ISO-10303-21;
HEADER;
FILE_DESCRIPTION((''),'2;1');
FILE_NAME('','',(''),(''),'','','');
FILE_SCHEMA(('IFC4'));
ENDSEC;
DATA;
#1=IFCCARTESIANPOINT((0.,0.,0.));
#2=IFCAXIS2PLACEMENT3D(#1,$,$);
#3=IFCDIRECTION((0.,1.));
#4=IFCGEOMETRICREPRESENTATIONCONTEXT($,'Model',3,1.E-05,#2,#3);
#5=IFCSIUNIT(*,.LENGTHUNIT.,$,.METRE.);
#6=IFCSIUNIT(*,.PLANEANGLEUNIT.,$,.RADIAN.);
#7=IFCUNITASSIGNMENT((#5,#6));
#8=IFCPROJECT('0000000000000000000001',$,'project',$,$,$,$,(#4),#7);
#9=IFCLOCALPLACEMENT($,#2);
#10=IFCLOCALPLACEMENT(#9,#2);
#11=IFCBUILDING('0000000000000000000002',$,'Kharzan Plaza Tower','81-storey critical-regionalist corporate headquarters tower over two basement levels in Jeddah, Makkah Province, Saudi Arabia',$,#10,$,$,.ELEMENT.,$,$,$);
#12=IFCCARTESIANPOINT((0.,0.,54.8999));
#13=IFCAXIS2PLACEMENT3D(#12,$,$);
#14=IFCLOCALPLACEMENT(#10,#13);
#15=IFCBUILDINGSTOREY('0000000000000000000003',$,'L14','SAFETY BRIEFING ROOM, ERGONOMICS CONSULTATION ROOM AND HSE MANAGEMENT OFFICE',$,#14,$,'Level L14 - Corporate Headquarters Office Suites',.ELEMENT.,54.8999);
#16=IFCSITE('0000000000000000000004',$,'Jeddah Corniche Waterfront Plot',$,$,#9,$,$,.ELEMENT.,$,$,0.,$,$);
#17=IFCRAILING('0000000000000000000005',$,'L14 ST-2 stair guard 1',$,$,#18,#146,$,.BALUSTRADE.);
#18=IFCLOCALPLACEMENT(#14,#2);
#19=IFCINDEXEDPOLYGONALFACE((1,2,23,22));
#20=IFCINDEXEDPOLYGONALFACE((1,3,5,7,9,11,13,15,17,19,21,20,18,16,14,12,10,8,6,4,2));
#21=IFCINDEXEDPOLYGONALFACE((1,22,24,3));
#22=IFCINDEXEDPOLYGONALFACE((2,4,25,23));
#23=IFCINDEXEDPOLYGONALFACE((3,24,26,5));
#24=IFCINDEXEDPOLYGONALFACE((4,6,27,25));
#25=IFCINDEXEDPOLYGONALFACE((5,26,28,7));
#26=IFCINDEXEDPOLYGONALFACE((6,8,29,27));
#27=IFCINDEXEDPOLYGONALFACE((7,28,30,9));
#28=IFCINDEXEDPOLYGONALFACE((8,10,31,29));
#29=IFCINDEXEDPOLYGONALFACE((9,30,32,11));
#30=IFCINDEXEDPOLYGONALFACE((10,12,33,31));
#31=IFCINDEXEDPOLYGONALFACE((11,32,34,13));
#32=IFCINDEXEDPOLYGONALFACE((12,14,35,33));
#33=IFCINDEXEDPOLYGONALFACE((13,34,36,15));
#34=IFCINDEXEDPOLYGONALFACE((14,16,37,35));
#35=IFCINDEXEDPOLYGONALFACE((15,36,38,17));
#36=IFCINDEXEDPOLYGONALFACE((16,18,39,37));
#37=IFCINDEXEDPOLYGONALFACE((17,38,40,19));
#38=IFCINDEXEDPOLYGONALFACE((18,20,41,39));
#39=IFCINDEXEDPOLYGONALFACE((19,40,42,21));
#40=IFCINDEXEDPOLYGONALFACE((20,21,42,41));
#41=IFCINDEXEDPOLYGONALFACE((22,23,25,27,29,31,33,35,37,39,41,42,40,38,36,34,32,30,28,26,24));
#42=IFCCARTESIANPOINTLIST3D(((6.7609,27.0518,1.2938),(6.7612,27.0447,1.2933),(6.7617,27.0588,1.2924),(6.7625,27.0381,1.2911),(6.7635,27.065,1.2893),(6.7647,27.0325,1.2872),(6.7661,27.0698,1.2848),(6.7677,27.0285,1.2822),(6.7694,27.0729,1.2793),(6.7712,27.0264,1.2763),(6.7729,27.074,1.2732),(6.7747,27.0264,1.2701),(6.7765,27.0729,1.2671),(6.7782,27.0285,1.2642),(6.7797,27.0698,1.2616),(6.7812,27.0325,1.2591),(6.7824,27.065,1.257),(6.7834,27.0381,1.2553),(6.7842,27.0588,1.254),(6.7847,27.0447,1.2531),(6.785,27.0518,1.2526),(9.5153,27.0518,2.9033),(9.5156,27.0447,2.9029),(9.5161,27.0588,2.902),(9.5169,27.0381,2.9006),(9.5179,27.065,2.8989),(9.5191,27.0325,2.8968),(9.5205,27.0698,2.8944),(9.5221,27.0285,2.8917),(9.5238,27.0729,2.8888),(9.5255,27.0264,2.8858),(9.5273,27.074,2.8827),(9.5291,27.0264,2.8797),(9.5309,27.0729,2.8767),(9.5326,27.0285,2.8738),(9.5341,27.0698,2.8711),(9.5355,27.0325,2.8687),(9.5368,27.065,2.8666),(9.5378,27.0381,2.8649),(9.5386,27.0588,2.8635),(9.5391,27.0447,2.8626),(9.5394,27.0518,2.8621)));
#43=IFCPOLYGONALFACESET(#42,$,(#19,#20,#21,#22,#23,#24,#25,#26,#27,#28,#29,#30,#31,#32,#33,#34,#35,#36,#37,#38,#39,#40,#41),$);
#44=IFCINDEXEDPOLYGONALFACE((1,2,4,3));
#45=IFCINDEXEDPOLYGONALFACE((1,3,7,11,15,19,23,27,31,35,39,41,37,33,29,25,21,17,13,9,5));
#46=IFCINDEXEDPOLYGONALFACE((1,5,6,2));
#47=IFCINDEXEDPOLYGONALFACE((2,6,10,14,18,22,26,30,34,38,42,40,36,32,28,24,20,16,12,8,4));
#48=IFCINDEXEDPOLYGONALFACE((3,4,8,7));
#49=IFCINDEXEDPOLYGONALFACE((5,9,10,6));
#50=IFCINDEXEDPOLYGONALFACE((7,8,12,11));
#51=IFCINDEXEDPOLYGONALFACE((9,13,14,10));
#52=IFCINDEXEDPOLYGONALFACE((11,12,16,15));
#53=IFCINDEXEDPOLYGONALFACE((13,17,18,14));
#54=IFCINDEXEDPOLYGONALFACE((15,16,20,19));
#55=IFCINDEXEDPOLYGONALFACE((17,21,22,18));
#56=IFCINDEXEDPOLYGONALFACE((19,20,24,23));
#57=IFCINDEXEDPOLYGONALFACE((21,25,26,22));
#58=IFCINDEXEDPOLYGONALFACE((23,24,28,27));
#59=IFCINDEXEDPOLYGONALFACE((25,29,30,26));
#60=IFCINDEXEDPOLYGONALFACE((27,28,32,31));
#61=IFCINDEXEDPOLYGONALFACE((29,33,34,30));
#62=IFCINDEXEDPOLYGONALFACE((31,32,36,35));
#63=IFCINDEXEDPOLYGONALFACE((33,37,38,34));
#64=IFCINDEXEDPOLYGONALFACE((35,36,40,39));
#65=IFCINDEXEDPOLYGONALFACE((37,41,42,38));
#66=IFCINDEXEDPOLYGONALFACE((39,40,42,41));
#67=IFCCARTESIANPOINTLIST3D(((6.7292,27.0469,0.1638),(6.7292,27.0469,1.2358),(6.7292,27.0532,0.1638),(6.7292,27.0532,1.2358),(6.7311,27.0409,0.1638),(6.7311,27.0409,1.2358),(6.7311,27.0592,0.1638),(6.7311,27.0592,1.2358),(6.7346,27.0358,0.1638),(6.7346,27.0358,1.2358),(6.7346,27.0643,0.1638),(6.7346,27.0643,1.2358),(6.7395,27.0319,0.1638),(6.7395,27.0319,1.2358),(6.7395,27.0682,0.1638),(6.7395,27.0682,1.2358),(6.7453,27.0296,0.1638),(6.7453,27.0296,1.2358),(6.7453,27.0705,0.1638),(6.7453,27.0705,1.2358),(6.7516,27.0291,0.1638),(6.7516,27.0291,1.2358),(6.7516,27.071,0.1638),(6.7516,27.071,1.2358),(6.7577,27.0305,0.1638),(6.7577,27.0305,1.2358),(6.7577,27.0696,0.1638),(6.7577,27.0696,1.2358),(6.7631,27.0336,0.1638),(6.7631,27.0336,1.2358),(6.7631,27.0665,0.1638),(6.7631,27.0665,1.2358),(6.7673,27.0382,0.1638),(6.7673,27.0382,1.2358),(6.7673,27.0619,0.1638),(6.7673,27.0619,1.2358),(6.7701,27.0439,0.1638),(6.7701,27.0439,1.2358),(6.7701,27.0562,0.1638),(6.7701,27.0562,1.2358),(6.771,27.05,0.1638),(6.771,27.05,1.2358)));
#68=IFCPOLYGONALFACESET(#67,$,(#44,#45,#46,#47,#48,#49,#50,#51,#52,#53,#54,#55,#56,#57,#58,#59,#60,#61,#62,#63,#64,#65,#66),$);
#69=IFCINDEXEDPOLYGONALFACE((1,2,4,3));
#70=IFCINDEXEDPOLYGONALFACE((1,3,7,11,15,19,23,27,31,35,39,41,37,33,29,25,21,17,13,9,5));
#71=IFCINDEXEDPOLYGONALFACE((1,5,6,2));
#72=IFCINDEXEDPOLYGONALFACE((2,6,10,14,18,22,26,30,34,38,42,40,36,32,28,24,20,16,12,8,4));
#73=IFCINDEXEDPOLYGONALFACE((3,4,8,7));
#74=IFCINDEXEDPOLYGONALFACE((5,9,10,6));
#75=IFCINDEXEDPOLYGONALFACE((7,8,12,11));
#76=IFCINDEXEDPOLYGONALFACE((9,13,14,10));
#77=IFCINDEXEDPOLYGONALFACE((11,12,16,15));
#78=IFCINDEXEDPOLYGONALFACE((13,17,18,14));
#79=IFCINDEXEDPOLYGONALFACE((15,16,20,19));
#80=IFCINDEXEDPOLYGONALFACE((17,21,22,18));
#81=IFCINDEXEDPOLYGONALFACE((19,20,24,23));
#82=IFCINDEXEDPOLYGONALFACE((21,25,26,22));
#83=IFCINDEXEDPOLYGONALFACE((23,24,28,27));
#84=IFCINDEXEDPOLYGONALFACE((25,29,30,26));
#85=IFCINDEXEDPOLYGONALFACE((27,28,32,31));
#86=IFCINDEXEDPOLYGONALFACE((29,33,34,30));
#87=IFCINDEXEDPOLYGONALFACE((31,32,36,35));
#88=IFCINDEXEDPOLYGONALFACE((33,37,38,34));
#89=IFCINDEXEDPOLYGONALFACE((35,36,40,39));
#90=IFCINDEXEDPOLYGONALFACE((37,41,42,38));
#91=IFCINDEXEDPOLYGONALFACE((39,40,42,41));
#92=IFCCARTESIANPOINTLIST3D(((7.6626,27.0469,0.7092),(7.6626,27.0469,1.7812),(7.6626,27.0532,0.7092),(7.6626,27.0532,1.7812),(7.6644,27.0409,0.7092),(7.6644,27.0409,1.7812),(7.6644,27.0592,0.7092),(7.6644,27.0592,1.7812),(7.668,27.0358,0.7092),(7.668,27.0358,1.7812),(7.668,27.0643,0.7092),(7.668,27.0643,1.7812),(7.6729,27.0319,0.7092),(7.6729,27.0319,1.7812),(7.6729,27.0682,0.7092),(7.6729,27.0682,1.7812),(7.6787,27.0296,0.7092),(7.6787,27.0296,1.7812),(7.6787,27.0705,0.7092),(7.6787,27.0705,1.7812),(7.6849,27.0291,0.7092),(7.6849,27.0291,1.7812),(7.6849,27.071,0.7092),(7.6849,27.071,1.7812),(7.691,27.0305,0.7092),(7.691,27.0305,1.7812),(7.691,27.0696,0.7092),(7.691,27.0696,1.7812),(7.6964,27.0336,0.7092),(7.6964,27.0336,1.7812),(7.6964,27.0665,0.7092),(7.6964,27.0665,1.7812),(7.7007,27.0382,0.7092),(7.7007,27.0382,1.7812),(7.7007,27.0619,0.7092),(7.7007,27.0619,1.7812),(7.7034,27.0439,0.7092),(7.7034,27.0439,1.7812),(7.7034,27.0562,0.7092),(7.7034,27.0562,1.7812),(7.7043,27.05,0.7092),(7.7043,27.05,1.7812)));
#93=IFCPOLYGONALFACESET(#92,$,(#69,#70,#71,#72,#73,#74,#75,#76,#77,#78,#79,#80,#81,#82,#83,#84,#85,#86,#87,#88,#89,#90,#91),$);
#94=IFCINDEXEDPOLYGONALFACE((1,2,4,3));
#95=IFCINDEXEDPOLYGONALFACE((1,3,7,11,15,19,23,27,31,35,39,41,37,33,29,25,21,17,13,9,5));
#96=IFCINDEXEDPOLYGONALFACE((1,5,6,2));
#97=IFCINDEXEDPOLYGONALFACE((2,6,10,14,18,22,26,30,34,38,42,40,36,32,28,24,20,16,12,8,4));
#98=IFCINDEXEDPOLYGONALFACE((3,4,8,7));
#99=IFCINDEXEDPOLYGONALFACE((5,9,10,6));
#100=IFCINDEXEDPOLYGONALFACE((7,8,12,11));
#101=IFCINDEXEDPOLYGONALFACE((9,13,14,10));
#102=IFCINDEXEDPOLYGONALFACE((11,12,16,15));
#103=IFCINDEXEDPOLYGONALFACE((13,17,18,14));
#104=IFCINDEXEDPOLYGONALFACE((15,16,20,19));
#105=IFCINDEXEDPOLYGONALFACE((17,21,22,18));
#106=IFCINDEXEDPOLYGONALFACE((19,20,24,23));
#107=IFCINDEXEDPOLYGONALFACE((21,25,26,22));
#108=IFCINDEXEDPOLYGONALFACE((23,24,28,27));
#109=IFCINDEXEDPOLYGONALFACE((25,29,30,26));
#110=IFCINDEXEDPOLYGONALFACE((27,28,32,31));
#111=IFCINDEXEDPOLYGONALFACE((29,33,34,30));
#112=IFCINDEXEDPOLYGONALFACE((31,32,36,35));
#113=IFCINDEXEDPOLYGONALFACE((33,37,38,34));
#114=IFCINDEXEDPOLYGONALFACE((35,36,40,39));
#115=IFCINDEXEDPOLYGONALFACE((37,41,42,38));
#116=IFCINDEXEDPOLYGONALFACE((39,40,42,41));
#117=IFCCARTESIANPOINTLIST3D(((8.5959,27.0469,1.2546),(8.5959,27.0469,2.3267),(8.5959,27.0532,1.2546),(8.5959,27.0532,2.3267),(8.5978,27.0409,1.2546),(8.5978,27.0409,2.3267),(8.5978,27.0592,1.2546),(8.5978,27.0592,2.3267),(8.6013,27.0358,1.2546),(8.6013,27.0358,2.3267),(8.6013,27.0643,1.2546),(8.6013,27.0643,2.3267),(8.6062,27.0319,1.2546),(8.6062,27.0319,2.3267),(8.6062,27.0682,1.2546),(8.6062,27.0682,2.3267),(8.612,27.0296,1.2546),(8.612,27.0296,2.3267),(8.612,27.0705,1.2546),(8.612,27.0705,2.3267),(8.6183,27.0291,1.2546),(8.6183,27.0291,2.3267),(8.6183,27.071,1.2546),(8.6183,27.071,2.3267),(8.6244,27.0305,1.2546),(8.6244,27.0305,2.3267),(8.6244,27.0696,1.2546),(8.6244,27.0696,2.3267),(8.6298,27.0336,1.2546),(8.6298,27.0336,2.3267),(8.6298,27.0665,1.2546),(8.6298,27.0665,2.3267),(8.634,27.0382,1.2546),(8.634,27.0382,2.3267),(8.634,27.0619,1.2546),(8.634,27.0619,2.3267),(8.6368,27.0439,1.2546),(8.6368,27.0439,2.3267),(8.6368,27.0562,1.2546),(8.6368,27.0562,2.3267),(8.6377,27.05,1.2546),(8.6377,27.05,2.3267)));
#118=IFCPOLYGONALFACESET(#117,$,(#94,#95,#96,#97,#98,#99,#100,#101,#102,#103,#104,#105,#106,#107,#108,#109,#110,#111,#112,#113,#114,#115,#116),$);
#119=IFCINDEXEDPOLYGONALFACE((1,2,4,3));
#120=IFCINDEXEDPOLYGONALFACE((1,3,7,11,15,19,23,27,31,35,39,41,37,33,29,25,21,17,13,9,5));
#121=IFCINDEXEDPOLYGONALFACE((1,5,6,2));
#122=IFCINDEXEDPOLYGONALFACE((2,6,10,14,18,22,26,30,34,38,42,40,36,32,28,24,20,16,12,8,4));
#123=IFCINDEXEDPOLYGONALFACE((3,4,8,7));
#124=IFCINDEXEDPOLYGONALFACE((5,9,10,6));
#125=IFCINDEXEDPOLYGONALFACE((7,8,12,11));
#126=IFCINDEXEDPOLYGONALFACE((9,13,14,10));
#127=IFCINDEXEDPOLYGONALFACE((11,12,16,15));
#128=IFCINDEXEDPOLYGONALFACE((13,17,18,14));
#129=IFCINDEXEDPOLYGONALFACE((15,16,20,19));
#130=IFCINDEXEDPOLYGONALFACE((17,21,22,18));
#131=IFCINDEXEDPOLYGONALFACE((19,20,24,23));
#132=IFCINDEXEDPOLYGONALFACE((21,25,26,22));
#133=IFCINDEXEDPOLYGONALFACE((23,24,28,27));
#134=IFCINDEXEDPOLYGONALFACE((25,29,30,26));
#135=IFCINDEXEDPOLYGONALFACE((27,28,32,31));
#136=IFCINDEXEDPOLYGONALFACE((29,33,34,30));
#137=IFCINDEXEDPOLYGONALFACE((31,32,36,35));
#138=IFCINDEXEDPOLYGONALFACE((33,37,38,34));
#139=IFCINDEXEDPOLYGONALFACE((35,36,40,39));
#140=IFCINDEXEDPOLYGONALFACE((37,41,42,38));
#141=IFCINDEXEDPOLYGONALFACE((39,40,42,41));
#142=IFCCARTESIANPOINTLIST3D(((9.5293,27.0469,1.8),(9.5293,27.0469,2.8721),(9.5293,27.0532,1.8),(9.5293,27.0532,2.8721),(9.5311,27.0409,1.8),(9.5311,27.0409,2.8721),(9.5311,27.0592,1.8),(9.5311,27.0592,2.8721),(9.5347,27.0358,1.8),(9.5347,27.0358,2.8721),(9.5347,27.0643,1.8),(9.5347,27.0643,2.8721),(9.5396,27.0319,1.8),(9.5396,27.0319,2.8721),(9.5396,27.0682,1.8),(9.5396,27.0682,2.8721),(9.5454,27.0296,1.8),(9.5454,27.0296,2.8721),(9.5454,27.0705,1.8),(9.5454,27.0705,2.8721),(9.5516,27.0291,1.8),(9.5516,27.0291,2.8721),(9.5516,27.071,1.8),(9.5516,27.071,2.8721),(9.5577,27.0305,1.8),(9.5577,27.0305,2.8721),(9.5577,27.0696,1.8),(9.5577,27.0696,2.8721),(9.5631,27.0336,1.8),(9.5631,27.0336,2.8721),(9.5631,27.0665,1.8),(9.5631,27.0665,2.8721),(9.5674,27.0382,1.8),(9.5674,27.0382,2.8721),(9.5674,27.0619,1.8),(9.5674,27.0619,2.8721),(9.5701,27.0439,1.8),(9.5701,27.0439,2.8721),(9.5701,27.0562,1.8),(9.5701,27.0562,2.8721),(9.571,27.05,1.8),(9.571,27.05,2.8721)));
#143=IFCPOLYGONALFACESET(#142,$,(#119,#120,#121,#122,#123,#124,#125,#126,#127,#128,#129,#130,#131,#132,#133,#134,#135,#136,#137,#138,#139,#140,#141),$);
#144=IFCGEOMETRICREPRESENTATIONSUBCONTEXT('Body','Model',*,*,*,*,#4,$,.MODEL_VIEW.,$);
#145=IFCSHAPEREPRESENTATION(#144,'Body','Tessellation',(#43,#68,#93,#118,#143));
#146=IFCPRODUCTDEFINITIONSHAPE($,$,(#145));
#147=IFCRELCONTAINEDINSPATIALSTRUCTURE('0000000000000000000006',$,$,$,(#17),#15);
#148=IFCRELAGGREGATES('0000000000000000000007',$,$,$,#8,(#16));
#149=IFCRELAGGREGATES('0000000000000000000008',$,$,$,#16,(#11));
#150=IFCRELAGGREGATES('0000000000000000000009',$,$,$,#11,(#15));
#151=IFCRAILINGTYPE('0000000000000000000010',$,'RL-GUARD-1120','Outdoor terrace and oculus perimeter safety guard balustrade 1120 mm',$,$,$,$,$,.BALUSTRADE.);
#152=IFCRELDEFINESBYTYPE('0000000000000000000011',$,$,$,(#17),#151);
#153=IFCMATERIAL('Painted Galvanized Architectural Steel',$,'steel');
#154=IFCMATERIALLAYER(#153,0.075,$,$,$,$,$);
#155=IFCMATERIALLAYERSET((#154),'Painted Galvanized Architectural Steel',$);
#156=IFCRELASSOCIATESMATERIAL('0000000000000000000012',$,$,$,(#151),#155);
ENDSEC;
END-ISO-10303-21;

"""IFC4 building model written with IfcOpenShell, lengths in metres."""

from ifc_helpers import new_model, si_unit, direction, frame, origin, origin_2d, place, context, subcontext, project, spatial, circle, extrude, source, transform, mapped, material, layer, layer_set, type_object, element, save


model = new_model("IFC4")

# Units and contexts
model_context = context("Model", 3, precision=1e-05, world=origin(), true_north=direction((0.0, 1.0)))
body_context = subcontext(model_context, "Body", "Model", "MODEL_VIEW")
ifc_project = project(units=[si_unit("LENGTHUNIT", "METRE"), si_unit("PLANEANGLEUNIT", "RADIAN")], contexts=[model_context])

# Site, building, storey
site_placement = place(None, origin())
site = spatial("IfcSite", under=ifc_project, at=site_placement, Name="Jeddah Corniche Waterfront Plot", CompositionType="ELEMENT", RefElevation=0.0)
building_placement = place(site_placement, origin())
building = spatial("IfcBuilding", under=site, at=building_placement, Name="Kharzan Plaza Tower", Description="81-storey critical-regionalist corporate headquarters tower over two basement levels in Jeddah, Makkah Province, Saudi Arabia", CompositionType="ELEMENT")
storey_placement = place(building_placement, frame((0.0, 0.0, 54.8999)))
storey = spatial("IfcBuildingStorey", under=building, at=storey_placement, Name="L14", Description="SAFETY BRIEFING ROOM, ERGONOMICS CONSULTATION ROOM AND HSE MANAGEMENT OFFICE", LongName="Level L14 - Corporate Headquarters Office Suites", CompositionType="ELEMENT", Elevation=54.8999)

# Railing
ifc_material_1 = material(Name="Painted Galvanized Architectural Steel", Category="steel")
ifc_layer_1 = layer(ifc_material_1, 0.075)
ifc_layer_set_1 = layer_set([ifc_layer_1], Name="Painted Galvanized Architectural Steel")
railing_type_1 = type_object("IfcRailingType", Name="RL-GUARD-1120", Description="Outdoor terrace and oculus perimeter safety guard balustrade 1120 mm", PredefinedType="BALUSTRADE", material=ifc_layer_set_1)
shared_shape_1 = source(origin(), body_context, "Body", "SweptSolid", [
    extrude(circle(Radius=0.0239, at=origin_2d()), frame((0.0229, 0.0, 1.1094), z_axis=(0.863394, 0.0, 0.504531), x_axis=(0.0, 1.0, 0.0)), (0.0, 0.0, 1.0), 3.1902),
    extrude(circle(Radius=0.021, at=origin_2d()), origin(), (0.0, 0.0, 1.0), 1.072),
    extrude(circle(Radius=0.021, at=origin_2d()), frame((0.9333, 0.0, 0.5454)), (0.0, 0.0, 1.0), 1.072),
    extrude(circle(Radius=0.021, at=origin_2d()), frame((1.8667, 0.0, 1.0908)), (0.0, 0.0, 1.0), 1.072),
    extrude(circle(Radius=0.021, at=origin_2d()), frame((2.8, 0.0, 1.6362)), (0.0, 0.0, 1.0), 1.072),
])
railing_1_placement = place(storey_placement, frame((6.75, 27.05, 0.1638)))
element("IfcRailing", 1, at=railing_1_placement, inside=storey, type_object=railing_type_1, Name="L14 ST-2 stair guard 1", PredefinedType="BALUSTRADE", context=body_context, shape_type="MappedRepresentation", body=[
    mapped(shared_shape_1, transform((0.0, 0.0, 0.0), x_axis=(1.0, 0.0, 0.0), y_axis=(0.0, 1.0, 0.0), z_axis=(0.0, 0.0, 1.0))),
])

save(model, "model.ifc")
